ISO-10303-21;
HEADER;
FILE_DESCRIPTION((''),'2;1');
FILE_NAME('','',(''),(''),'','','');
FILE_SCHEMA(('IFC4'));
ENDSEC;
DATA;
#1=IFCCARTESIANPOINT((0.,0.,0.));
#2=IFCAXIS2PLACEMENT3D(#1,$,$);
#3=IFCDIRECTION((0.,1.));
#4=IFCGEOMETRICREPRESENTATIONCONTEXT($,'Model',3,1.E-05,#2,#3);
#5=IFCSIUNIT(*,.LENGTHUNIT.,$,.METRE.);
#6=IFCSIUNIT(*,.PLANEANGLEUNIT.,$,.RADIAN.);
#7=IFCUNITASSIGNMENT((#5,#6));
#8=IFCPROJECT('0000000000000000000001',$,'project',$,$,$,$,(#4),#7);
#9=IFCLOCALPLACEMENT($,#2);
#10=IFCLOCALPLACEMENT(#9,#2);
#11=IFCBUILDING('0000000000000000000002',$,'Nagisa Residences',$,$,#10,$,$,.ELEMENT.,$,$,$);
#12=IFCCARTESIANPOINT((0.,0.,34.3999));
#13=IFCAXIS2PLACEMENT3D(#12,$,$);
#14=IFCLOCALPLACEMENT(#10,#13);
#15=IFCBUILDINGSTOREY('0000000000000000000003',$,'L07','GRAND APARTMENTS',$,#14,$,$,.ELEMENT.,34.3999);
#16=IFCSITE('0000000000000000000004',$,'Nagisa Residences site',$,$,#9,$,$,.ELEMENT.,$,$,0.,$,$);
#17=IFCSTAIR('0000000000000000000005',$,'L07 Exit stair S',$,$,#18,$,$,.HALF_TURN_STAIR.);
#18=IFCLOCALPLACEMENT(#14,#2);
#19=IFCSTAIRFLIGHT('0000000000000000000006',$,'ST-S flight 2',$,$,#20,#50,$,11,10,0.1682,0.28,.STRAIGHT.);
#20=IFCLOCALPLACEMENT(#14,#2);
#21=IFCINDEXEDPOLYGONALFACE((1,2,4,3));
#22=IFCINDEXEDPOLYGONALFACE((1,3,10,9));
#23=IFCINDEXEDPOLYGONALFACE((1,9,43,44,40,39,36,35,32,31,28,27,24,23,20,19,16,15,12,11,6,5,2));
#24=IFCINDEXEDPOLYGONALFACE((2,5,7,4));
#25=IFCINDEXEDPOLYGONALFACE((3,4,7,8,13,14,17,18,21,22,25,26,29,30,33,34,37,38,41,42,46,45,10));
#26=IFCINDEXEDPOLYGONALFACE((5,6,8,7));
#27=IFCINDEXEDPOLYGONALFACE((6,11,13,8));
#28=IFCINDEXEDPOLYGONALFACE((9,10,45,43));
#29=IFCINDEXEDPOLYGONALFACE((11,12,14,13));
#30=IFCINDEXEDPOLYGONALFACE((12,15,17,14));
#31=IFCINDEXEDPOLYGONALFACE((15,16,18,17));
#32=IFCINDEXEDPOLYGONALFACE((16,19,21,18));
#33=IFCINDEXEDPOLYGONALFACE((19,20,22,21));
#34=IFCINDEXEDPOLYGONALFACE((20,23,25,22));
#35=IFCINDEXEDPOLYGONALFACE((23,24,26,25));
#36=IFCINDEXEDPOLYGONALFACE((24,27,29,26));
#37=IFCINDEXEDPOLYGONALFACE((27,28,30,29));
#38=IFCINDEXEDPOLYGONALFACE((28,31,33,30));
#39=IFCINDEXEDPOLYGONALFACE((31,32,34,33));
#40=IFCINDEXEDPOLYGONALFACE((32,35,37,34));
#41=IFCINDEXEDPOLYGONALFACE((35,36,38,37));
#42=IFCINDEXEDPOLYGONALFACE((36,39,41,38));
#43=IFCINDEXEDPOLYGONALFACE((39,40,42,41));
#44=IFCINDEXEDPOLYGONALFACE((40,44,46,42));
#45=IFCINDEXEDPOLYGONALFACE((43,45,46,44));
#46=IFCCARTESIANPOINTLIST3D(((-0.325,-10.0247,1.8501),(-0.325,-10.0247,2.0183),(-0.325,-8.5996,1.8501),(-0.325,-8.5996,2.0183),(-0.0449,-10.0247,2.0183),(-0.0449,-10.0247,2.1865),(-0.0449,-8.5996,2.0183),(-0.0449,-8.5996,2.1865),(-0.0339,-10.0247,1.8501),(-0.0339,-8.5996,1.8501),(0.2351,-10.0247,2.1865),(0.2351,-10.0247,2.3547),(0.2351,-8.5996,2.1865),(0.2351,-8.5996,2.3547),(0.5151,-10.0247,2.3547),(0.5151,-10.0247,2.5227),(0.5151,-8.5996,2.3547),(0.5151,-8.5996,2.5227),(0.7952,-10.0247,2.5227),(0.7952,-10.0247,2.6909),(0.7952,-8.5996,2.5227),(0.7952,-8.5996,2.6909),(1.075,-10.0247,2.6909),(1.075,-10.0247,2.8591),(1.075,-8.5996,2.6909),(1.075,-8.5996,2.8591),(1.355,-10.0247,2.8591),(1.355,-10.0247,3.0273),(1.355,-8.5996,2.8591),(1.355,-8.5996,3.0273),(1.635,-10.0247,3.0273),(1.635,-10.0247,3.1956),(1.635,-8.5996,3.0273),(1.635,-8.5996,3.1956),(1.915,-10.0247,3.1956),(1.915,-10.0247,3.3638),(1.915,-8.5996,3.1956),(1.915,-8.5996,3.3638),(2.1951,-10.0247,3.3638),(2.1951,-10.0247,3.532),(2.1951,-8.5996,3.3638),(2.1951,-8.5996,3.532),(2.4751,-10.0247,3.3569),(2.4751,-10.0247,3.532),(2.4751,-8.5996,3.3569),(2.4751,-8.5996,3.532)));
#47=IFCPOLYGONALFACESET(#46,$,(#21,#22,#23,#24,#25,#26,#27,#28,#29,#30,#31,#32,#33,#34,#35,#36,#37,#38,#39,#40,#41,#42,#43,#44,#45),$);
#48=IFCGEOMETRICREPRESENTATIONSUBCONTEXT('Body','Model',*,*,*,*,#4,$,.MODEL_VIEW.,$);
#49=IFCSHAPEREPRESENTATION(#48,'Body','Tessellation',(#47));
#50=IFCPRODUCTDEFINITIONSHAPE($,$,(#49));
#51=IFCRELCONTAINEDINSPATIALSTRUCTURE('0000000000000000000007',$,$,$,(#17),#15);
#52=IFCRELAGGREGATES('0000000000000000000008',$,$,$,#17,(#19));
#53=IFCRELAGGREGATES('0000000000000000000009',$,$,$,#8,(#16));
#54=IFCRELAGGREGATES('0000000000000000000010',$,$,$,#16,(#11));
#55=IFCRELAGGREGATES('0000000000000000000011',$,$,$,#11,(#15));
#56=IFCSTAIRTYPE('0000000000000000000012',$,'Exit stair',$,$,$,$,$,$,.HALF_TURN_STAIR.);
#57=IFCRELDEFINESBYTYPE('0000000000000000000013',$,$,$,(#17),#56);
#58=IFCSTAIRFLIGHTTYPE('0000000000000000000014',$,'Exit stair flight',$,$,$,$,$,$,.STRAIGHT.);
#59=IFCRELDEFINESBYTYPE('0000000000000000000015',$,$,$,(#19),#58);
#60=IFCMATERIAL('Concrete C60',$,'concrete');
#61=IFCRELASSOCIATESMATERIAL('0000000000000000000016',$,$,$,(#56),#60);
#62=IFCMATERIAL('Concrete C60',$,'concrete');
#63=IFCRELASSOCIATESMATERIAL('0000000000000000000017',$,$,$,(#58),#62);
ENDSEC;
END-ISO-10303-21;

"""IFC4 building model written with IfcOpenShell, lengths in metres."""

from ifc_helpers import new_model, si_unit, direction, frame, origin, place, context, subcontext, project, spatial, polyline, outline, extrude, material, type_object, element, aggregate, save


model = new_model("IFC4")

# Units and contexts
model_context = context("Model", 3, precision=1e-05, world=origin(), true_north=direction((0.0, 1.0)))
body_context = subcontext(model_context, "Body", "Model", "MODEL_VIEW")
ifc_project = project(units=[si_unit("LENGTHUNIT", "METRE"), si_unit("PLANEANGLEUNIT", "RADIAN")], contexts=[model_context])

# Site, building, storey
site_placement = place(None, origin())
site = spatial("IfcSite", under=ifc_project, at=site_placement, Name="Nagisa Residences site", CompositionType="ELEMENT", RefElevation=0.0)
building_placement = place(site_placement, origin())
building = spatial("IfcBuilding", under=site, at=building_placement, Name="Nagisa Residences", CompositionType="ELEMENT")
storey_placement = place(building_placement, frame((0.0, 0.0, 34.3999)))
storey = spatial("IfcBuildingStorey", under=building, at=storey_placement, Name="L07", Description="GRAND APARTMENTS", CompositionType="ELEMENT", Elevation=34.3999)

# Stair, stair flight
ifc_material_1 = material(Name="Concrete C60", Category="concrete")
stair_type = type_object("IfcStairType", Name="Exit stair", PredefinedType="HALF_TURN_STAIR", material=ifc_material_1)
stair_placement = place(storey_placement, origin())
stair = element("IfcStair", 1, at=stair_placement, inside=storey, type_object=stair_type, Name="L07 Exit stair S", PredefinedType="HALF_TURN_STAIR")
ifc_material_2 = material(Name="Concrete C60", Category="concrete")
stair_flight_type = type_object("IfcStairFlightType", Name="Exit stair flight", PredefinedType="STRAIGHT", material=ifc_material_2)
stair_flight_placement = place(storey_placement, frame((-0.325, -9.312, 1.8501), z_axis=(0.0, 0.0, 1.0), x_axis=(1.0, 0.0, 0.0)))
stair_flight = element("IfcStairFlight", 2, at=stair_flight_placement, type_object=stair_flight_type, Name="ST-S flight 2", NumberOfRisers=11, NumberOfTreads=10, PredefinedType="STRAIGHT", RiserHeight=0.1682, TreadLength=0.28, context=body_context, shape_type="SweptSolid", body=[
    extrude(outline(polyline([(0.0, 0.0), (0.0, 0.1682), (0.28, 0.1682), (0.28, 0.3364), (0.5601, 0.3364), (0.5601, 0.5046), (0.8401, 0.5046), (0.8401, 0.6726), (1.1201, 0.6726), (1.1201, 0.8408), (1.3999, 0.8408), (1.3999, 1.009), (1.6799, 1.009), (1.6799, 1.1772), (1.96, 1.1772), (1.96, 1.3455), (2.24, 1.3455), (2.24, 1.5137), (2.52, 1.5137), (2.52, 1.6819), (2.8, 1.6819), (2.8, 1.8501), (2.8, 1.5068), (0.291, 0.0), (0.0, 0.0)])), frame((0.0, 0.7124, 0.0), z_axis=(0.0, -1.0, 0.0), x_axis=(1.0, 0.0, 0.0)), (0.0, 0.0, 1.0), 1.425),
])
aggregate(stair, [stair_flight])

save(model, "model.ifc")
